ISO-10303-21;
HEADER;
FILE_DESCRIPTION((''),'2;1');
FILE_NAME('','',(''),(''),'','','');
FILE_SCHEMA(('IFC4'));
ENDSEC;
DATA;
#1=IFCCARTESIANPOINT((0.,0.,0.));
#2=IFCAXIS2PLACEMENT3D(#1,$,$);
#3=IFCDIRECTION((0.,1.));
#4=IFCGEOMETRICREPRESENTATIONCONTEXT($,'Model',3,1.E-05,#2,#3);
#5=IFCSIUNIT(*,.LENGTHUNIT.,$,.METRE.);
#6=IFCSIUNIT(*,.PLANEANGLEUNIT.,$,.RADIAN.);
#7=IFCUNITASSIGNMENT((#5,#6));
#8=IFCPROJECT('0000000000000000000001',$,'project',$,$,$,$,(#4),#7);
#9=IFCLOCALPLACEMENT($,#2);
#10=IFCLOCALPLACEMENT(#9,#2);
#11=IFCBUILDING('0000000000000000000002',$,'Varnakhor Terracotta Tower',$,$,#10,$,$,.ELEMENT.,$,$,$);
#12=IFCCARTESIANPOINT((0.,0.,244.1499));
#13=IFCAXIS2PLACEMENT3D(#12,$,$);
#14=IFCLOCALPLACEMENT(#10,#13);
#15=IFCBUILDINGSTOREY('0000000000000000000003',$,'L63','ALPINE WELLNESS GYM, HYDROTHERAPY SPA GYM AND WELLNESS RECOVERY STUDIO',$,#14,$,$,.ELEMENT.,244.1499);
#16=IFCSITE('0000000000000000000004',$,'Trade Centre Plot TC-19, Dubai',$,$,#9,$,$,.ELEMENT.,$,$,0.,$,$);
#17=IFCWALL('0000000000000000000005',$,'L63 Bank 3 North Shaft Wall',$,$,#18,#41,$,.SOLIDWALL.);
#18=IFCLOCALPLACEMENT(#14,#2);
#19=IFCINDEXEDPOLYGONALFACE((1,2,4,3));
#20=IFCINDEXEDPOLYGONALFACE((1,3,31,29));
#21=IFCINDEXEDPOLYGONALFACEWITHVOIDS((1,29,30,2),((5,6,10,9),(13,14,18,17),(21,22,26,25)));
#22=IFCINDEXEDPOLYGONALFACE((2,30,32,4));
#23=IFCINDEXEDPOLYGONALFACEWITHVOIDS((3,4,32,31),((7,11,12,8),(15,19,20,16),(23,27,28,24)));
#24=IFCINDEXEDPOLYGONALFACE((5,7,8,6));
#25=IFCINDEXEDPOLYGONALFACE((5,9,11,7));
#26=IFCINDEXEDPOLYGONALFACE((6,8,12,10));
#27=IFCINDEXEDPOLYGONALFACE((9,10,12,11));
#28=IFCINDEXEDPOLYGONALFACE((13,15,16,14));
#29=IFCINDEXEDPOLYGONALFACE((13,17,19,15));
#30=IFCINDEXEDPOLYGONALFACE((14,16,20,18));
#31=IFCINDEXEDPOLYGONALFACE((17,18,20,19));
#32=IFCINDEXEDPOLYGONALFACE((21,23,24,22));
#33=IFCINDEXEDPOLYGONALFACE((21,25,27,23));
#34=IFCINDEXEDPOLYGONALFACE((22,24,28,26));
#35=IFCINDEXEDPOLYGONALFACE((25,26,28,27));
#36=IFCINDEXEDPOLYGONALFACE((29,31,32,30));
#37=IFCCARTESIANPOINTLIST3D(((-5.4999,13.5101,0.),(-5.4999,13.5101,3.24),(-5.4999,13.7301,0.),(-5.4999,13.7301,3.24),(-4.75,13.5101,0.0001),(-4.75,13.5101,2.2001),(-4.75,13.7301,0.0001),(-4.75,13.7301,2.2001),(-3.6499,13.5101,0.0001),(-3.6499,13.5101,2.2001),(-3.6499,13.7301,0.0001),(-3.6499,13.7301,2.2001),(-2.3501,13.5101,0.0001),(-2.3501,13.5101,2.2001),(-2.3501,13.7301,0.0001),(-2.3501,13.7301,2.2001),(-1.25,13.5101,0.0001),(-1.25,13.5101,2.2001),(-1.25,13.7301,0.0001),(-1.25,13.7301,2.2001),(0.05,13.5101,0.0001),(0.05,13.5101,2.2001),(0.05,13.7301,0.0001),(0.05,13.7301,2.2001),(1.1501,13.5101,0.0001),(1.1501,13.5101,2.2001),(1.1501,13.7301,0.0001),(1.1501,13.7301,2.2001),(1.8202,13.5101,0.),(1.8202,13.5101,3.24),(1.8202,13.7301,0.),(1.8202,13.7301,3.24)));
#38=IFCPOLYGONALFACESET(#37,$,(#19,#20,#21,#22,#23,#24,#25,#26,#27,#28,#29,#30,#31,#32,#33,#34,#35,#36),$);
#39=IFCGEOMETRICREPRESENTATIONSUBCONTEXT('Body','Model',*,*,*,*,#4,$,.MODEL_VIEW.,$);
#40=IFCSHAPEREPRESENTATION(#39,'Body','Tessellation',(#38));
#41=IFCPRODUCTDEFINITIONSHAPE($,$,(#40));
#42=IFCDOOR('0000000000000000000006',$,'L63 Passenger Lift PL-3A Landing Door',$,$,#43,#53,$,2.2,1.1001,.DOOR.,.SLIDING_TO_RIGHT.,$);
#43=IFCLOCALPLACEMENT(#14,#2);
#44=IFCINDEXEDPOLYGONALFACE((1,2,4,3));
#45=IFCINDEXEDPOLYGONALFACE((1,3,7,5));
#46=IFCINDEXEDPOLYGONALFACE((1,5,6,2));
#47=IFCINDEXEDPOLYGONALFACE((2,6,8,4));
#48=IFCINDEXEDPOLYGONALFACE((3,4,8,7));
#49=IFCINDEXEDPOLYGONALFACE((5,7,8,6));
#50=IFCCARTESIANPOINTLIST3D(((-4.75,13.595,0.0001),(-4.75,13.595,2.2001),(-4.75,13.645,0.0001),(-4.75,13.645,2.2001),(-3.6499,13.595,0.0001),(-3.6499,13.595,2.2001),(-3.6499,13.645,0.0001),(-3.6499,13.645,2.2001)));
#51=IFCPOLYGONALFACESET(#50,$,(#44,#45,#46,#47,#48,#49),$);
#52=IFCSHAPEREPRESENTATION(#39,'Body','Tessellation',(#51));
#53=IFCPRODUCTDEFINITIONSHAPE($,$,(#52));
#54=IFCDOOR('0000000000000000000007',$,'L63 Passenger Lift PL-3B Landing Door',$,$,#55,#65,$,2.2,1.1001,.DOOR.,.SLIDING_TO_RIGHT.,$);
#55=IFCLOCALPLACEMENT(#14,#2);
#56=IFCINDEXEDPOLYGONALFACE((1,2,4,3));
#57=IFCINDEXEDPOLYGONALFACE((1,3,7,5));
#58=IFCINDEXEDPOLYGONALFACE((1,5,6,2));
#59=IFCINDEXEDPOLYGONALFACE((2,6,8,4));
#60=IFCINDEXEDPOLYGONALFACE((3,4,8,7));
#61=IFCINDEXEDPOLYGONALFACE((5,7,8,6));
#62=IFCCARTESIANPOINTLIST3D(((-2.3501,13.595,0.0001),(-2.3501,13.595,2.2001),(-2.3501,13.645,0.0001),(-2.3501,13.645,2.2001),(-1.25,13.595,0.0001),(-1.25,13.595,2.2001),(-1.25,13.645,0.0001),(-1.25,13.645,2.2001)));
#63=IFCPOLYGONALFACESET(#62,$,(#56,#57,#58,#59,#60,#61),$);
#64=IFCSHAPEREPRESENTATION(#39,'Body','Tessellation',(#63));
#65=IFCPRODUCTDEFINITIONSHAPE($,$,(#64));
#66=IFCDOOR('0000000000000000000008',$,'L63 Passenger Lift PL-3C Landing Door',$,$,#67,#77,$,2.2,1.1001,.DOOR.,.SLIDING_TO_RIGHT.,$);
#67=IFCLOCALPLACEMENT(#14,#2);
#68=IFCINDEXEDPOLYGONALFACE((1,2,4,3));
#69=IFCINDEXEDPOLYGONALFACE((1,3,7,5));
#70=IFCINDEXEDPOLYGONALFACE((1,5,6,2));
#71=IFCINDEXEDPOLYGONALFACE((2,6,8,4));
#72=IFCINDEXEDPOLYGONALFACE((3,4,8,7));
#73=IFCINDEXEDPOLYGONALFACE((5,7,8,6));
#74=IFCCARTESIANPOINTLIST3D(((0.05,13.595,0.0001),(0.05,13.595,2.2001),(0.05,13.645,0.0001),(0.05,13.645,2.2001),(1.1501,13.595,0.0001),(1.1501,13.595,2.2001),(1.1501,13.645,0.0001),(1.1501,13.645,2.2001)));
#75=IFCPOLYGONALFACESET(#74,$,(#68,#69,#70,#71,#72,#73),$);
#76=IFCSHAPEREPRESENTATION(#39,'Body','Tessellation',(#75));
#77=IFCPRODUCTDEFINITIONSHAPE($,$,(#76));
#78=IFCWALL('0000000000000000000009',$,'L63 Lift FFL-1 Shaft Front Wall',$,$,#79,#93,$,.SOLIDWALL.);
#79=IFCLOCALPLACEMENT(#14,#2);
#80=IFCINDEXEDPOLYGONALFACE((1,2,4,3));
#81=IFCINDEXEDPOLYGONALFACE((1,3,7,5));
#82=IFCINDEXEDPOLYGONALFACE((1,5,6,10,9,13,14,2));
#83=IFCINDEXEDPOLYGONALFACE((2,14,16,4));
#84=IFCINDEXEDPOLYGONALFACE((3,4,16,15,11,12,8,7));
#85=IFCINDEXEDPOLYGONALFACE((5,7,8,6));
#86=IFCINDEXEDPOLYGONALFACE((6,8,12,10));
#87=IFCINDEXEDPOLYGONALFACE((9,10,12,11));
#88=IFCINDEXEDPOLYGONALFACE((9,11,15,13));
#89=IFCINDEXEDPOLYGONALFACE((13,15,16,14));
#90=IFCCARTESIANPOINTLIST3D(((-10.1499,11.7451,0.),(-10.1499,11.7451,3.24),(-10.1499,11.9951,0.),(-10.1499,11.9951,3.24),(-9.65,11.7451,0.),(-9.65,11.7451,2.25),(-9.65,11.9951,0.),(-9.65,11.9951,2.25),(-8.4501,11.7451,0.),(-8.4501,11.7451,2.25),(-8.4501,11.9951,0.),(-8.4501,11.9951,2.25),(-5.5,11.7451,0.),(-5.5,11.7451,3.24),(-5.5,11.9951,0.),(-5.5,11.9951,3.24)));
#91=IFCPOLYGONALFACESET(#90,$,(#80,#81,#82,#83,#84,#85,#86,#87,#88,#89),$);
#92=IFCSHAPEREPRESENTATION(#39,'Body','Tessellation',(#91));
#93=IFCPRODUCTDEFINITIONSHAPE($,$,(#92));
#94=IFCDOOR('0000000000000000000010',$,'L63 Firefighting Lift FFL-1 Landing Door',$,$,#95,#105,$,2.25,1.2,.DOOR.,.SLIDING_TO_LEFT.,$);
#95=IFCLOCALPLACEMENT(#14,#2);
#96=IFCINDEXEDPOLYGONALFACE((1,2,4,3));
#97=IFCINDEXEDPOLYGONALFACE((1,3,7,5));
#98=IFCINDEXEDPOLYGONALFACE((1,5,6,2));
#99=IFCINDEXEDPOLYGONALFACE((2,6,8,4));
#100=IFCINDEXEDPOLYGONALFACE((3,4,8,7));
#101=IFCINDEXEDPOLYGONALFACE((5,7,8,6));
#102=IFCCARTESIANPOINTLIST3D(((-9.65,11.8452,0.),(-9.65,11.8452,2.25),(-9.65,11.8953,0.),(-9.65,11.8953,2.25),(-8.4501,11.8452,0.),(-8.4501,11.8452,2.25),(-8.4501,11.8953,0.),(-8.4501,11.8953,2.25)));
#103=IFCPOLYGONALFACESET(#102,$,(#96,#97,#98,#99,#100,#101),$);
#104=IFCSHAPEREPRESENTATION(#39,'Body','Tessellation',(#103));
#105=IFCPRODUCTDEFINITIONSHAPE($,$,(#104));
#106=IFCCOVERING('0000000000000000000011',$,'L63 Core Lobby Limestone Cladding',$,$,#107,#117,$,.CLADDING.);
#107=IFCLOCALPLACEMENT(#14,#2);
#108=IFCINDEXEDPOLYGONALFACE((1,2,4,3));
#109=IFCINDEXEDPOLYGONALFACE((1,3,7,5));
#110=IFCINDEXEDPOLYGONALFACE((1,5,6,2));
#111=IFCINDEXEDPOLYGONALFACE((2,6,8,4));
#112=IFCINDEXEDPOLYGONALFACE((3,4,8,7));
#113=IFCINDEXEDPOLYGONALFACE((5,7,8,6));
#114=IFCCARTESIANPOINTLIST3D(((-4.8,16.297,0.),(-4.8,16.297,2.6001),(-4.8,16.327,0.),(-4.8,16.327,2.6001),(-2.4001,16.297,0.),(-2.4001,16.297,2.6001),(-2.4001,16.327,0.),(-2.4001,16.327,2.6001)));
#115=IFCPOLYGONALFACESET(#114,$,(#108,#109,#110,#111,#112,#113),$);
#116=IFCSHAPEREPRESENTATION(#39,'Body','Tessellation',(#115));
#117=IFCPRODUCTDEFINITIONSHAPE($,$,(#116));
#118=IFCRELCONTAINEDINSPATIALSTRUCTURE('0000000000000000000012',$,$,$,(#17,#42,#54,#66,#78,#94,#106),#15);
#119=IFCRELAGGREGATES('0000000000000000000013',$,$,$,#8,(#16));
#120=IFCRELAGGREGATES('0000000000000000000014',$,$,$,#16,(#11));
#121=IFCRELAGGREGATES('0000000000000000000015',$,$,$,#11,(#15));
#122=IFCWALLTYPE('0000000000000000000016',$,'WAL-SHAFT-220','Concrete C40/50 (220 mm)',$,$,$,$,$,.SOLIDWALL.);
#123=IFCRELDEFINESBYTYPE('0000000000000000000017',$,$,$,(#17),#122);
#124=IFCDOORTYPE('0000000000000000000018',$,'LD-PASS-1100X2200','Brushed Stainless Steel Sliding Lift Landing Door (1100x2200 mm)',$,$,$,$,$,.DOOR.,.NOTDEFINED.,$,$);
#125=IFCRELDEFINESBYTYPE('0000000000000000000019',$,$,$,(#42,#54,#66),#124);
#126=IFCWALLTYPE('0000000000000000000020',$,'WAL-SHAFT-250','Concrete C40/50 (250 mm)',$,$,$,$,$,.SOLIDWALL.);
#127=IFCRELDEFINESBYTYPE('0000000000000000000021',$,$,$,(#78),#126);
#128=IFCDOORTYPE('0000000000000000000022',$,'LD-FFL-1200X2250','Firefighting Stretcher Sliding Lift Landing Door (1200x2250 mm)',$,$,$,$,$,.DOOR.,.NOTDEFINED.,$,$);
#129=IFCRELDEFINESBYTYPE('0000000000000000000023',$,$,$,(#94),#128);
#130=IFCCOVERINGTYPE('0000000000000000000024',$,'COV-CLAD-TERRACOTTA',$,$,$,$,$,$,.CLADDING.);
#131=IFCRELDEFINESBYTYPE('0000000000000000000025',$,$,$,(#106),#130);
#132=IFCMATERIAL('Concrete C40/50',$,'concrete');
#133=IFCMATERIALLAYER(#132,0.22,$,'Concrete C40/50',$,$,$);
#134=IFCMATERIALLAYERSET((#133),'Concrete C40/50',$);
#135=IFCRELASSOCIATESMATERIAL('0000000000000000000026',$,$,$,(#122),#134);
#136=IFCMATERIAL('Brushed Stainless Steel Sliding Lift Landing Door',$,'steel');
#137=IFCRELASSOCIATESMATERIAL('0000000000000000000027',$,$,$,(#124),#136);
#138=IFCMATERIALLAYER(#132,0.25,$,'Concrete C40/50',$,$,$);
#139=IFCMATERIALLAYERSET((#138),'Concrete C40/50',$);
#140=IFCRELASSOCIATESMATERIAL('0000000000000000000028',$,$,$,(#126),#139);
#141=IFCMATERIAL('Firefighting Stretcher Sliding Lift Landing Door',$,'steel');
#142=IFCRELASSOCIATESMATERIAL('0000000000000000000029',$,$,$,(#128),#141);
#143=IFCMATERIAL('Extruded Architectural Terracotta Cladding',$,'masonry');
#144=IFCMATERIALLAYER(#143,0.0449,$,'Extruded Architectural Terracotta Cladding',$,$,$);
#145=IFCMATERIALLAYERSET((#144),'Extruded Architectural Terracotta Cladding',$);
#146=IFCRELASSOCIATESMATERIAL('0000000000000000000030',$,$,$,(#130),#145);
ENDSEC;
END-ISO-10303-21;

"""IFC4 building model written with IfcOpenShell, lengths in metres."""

from ifc_helpers import new_model, si_unit, direction, frame, frame_2d, origin, origin_2d, place, context, subcontext, project, spatial, rectangle, extrude, source, transform, mapped, material, layer, layer_set, type_object, type_shapes, element, fill, save


model = new_model("IFC4")

# Units and contexts
model_context = context("Model", 3, precision=1e-05, world=origin(), true_north=direction((0.0, 1.0)))
body_context = subcontext(model_context, "Body", "Model", "MODEL_VIEW")
ifc_project = project(units=[si_unit("LENGTHUNIT", "METRE"), si_unit("PLANEANGLEUNIT", "RADIAN")], contexts=[model_context])

# Site, building, storey
site_placement = place(None, origin())
site = spatial("IfcSite", under=ifc_project, at=site_placement, Name="Trade Centre Plot TC-19, Dubai", CompositionType="ELEMENT", RefElevation=0.0)
building_placement = place(site_placement, origin())
building = spatial("IfcBuilding", under=site, at=building_placement, Name="Varnakhor Terracotta Tower", CompositionType="ELEMENT")
storey_placement = place(building_placement, frame((0.0, 0.0, 244.1499)))
storey = spatial("IfcBuildingStorey", under=building, at=storey_placement, Name="L63", Description="ALPINE WELLNESS GYM, HYDROTHERAPY SPA GYM AND WELLNESS RECOVERY STUDIO", CompositionType="ELEMENT", Elevation=244.1499)

# Wall, openings, doors
ifc_material_1 = material(Name="Concrete C40/50", Category="concrete")
ifc_layer_1 = layer(ifc_material_1, 0.22, Name="Concrete C40/50")
ifc_layer_set_1 = layer_set([ifc_layer_1], Name="Concrete C40/50")
wall_type_1 = type_object("IfcWallType", Name="WAL-SHAFT-220", Description="Concrete C40/50 (220 mm)", PredefinedType="SOLIDWALL", material=ifc_layer_set_1)
wall_1_placement = place(storey_placement, frame((-5.5, 13.6201, 0.0), z_axis=(0.0, 0.0, 1.0), x_axis=(1.0, 0.0, 0.0)))
wall_1 = element("IfcWall", 1, at=wall_1_placement, inside=storey, type_object=wall_type_1, Name="L63 Bank 3 North Shaft Wall", PredefinedType="SOLIDWALL", context=body_context, shape_type="SweptSolid", body=[
    extrude(rectangle(XDim=7.3201, YDim=0.22, at=frame_2d((3.6602, 0.0))), origin(), (0.0, 0.0, 1.0), 3.24),
])
opening_1_placement = place(wall_1_placement, frame((0.75, 0.0, 0.0)))
opening_1 = element("IfcOpeningElement", 2, at=opening_1_placement, cuts=wall_1, PredefinedType="OPENING", context=body_context, shape_type="SweptSolid", body=[
    extrude(rectangle(XDim=1.1001, YDim=2.2, at=frame_2d((0.55, 1.1001))), frame((0.0, 0.1201, 0.0), z_axis=(0.0, -1.0, 0.0), x_axis=(1.0, 0.0, 0.0)), (0.0, 0.0, 1.0), 0.24),
])
opening_2_placement = place(wall_1_placement, frame((3.1499, 0.0, 0.0)))
opening_2 = element("IfcOpeningElement", 3, at=opening_2_placement, cuts=wall_1, PredefinedType="OPENING", context=body_context, shape_type="SweptSolid", body=[
    extrude(rectangle(XDim=1.1001, YDim=2.2, at=frame_2d((0.55, 1.1001))), frame((0.0, 0.1201, 0.0), z_axis=(0.0, -1.0, 0.0), x_axis=(1.0, 0.0, 0.0)), (0.0, 0.0, 1.0), 0.24),
])
opening_3_placement = place(wall_1_placement, frame((5.55, 0.0, 0.0)))
opening_3 = element("IfcOpeningElement", 4, at=opening_3_placement, cuts=wall_1, PredefinedType="OPENING", context=body_context, shape_type="SweptSolid", body=[
    extrude(rectangle(XDim=1.1001, YDim=2.2, at=frame_2d((0.55, 1.1001))), frame((0.0, 0.1201, 0.0), z_axis=(0.0, -1.0, 0.0), x_axis=(1.0, 0.0, 0.0)), (0.0, 0.0, 1.0), 0.24),
])
ifc_material_2 = material(Name="Brushed Stainless Steel Sliding Lift Landing Door", Category="steel")
door_type_1 = type_object("IfcDoorType", Name="LD-PASS-1100X2200", Description="Brushed Stainless Steel Sliding Lift Landing Door (1100x2200 mm)", OperationType="NOTDEFINED", PredefinedType="DOOR", material=ifc_material_2)
shared_shape_1 = source(origin(), body_context, "Body", "SweptSolid", [
    extrude(rectangle(XDim=1.1001, YDim=2.2, at=frame_2d((0.55, 1.1001))), frame((0.0, 0.0249, 0.0), z_axis=(0.0, -1.0, 0.0), x_axis=(1.0, 0.0, 0.0)), (0.0, 0.0, 1.0), 0.05),
])
type_shapes(door_type_1, [shared_shape_1])
door_1_placement = place(opening_1_placement, origin())
door_1 = element("IfcDoor", 5, at=door_1_placement, inside=storey, type_object=door_type_1, Name="L63 Passenger Lift PL-3A Landing Door", OperationType="SLIDING_TO_RIGHT", OverallHeight=2.2, OverallWidth=1.1001, PredefinedType="DOOR", context=body_context, shape_type="MappedRepresentation", body=[
    mapped(shared_shape_1, transform((0.0, 0.0, 0.0), scale=1.0)),
])
fill(opening_1, door_1)
door_2_placement = place(opening_2_placement, origin())
door_2 = element("IfcDoor", 6, at=door_2_placement, inside=storey, type_object=door_type_1, Name="L63 Passenger Lift PL-3B Landing Door", OperationType="SLIDING_TO_RIGHT", OverallHeight=2.2, OverallWidth=1.1001, PredefinedType="DOOR", context=body_context, shape_type="MappedRepresentation", body=[
    mapped(shared_shape_1, transform((0.0, 0.0, 0.0), scale=1.0)),
])
fill(opening_2, door_2)
door_3_placement = place(opening_3_placement, origin())
door_3 = element("IfcDoor", 7, at=door_3_placement, inside=storey, type_object=door_type_1, Name="L63 Passenger Lift PL-3C Landing Door", OperationType="SLIDING_TO_RIGHT", OverallHeight=2.2, OverallWidth=1.1001, PredefinedType="DOOR", context=body_context, shape_type="MappedRepresentation", body=[
    mapped(shared_shape_1, transform((0.0, 0.0, 0.0), scale=1.0)),
])
fill(opening_3, door_3)

# Wall, opening, door
ifc_layer_2 = layer(ifc_material_1, 0.25, Name="Concrete C40/50")
ifc_layer_set_2 = layer_set([ifc_layer_2], Name="Concrete C40/50")
wall_type_2 = type_object("IfcWallType", Name="WAL-SHAFT-250", Description="Concrete C40/50 (250 mm)", PredefinedType="SOLIDWALL", material=ifc_layer_set_2)
wall_2_placement = place(storey_placement, frame((-5.5, 11.8701, 0.0), z_axis=(0.0, 0.0, 1.0), x_axis=(-1.0, 0.0, 0.0)))
wall_2 = element("IfcWall", 8, at=wall_2_placement, inside=storey, type_object=wall_type_2, Name="L63 Lift FFL-1 Shaft Front Wall", PredefinedType="SOLIDWALL", context=body_context, shape_type="SweptSolid", body=[
    extrude(rectangle(XDim=4.6499, YDim=0.25, at=frame_2d((2.325, 0.0))), origin(), (0.0, 0.0, 1.0), 3.24),
])
opening_4_placement = place(wall_2_placement, frame((2.95, 0.0, 0.0)))
opening_4 = element("IfcOpeningElement", 9, at=opening_4_placement, cuts=wall_2, PredefinedType="OPENING", context=body_context, shape_type="SweptSolid", body=[
    extrude(rectangle(XDim=1.2, YDim=2.25, at=frame_2d((0.6001, 1.125))), frame((0.0, 0.135, 0.0), z_axis=(0.0, -1.0, 0.0), x_axis=(1.0, 0.0, 0.0)), (0.0, 0.0, 1.0), 0.27),
])
ifc_material_3 = material(Name="Firefighting Stretcher Sliding Lift Landing Door", Category="steel")
door_type_2 = type_object("IfcDoorType", Name="LD-FFL-1200X2250", Description="Firefighting Stretcher Sliding Lift Landing Door (1200x2250 mm)", OperationType="NOTDEFINED", PredefinedType="DOOR", material=ifc_material_3)
shared_shape_2 = source(origin(), body_context, "Body", "SweptSolid", [
    extrude(rectangle(XDim=1.2, YDim=2.25, at=frame_2d((0.6001, 1.125))), frame((0.0, 0.0249, 0.0), z_axis=(0.0, -1.0, 0.0), x_axis=(1.0, 0.0, 0.0)), (0.0, 0.0, 1.0), 0.05),
])
type_shapes(door_type_2, [shared_shape_2])
door_4_placement = place(opening_4_placement, origin())
door_4 = element("IfcDoor", 10, at=door_4_placement, inside=storey, type_object=door_type_2, Name="L63 Firefighting Lift FFL-1 Landing Door", OperationType="SLIDING_TO_LEFT", OverallHeight=2.25, OverallWidth=1.2, PredefinedType="DOOR", context=body_context, shape_type="MappedRepresentation", body=[
    mapped(shared_shape_2, transform((0.0, 0.0, 0.0), scale=1.0)),
])
fill(opening_4, door_4)

# Covering
ifc_material_4 = material(Name="Extruded Architectural Terracotta Cladding", Category="masonry")
ifc_layer_3 = layer(ifc_material_4, 0.0449, Name="Extruded Architectural Terracotta Cladding")
ifc_layer_set_3 = layer_set([ifc_layer_3], Name="Extruded Architectural Terracotta Cladding")
covering_type = type_object("IfcCoveringType", Name="COV-CLAD-TERRACOTTA", PredefinedType="CLADDING", material=ifc_layer_set_3)
shared_shape_3 = source(origin(), body_context, "Body", "SweptSolid", [
    extrude(rectangle(XDim=2.3999, YDim=0.03, at=origin_2d()), origin(), (0.0, 0.0, 1.0), 2.6001),
])
type_shapes(covering_type, [shared_shape_3])
covering_placement = place(storey_placement, frame((-3.6001, 16.312, 0.0), z_axis=(0.0, 0.0, 1.0), x_axis=(1.0, 0.0, 0.0)))
element("IfcCovering", 11, at=covering_placement, inside=storey, type_object=covering_type, Name="L63 Core Lobby Limestone Cladding", PredefinedType="CLADDING", context=body_context, shape_type="MappedRepresentation", body=[
    mapped(shared_shape_3, transform((0.0, 0.0, 0.0), scale=1.0)),
])

save(model, "model.ifc")
